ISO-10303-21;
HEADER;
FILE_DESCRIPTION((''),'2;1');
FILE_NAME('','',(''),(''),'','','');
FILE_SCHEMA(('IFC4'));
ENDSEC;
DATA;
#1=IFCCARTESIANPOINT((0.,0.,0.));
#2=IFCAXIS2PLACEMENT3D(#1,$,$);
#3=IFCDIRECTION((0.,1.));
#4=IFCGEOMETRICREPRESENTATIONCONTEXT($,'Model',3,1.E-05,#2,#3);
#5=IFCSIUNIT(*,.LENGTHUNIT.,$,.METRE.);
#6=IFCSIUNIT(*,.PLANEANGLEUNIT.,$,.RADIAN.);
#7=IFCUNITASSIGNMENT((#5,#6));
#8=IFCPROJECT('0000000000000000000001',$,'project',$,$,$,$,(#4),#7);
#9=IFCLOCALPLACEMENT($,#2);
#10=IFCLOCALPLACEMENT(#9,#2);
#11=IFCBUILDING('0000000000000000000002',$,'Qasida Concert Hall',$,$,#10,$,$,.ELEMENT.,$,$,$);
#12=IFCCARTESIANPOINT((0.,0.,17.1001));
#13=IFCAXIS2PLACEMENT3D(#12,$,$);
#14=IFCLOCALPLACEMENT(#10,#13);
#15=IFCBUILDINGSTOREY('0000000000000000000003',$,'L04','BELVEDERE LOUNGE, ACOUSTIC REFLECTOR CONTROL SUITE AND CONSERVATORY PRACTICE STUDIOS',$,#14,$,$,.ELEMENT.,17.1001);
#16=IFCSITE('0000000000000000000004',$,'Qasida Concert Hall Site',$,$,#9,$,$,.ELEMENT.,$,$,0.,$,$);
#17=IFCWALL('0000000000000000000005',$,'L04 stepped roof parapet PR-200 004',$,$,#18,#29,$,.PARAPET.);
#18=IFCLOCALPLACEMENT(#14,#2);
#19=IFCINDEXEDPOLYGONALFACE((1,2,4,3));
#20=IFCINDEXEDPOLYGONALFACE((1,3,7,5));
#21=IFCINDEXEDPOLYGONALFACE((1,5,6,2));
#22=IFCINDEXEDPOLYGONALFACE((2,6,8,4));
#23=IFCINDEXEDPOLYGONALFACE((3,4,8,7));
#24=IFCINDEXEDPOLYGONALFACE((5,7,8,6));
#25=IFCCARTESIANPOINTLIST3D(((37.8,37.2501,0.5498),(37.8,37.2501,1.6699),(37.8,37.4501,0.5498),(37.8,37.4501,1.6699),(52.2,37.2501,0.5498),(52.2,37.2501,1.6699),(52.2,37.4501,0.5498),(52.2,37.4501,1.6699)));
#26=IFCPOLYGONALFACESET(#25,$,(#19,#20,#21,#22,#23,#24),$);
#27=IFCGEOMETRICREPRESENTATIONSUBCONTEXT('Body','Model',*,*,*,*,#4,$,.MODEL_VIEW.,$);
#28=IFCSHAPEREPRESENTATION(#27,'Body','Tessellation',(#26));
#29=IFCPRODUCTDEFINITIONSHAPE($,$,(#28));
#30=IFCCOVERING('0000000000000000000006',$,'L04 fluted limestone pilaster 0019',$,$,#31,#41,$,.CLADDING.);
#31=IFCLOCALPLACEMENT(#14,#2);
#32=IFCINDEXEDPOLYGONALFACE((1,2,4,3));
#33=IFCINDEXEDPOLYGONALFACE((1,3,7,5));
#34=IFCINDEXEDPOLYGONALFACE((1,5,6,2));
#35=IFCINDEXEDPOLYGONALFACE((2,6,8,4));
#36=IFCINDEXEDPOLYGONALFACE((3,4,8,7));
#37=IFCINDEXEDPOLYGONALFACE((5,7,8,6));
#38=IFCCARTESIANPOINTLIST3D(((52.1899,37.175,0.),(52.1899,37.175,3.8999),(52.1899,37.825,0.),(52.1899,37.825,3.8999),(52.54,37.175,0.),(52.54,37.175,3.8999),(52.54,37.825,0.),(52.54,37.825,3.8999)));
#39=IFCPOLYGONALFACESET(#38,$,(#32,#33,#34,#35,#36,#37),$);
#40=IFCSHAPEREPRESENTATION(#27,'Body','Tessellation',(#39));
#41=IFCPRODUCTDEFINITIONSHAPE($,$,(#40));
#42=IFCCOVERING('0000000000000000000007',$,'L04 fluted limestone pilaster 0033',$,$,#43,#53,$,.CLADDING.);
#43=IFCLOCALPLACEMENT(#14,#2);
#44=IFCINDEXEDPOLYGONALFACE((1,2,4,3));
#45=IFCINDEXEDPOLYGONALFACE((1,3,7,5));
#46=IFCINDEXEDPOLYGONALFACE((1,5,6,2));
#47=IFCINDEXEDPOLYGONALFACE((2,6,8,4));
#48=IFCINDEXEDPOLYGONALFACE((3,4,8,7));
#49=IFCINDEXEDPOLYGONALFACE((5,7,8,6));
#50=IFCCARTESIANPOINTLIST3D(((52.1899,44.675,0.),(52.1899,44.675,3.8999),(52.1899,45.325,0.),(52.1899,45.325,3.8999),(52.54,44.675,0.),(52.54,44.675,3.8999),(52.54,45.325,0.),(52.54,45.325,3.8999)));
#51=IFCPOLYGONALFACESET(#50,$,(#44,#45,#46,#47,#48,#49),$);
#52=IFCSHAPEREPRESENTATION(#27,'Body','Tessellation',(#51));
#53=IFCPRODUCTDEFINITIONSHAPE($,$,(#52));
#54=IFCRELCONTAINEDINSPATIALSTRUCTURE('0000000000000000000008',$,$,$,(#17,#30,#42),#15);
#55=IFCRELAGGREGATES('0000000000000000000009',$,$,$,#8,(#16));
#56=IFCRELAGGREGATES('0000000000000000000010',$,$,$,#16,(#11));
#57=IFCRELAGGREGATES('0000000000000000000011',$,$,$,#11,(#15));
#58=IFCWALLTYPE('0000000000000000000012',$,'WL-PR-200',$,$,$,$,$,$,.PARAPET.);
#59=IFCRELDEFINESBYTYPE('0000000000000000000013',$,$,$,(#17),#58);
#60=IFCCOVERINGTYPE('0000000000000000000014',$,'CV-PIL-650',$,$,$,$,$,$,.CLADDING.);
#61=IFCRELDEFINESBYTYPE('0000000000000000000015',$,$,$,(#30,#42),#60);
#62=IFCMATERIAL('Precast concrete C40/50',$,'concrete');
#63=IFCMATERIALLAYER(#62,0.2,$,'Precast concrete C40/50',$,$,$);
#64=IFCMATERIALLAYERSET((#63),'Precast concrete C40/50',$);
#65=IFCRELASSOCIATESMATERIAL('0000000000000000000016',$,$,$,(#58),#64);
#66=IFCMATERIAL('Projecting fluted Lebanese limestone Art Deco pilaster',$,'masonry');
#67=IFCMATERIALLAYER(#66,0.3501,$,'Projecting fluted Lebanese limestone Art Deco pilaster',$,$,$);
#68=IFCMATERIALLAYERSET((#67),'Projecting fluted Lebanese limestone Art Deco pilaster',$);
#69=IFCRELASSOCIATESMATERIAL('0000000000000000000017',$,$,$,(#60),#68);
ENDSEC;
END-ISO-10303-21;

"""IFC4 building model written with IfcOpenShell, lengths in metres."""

from ifc_helpers import new_model, si_unit, direction, frame, frame_2d, origin, origin_2d, place, context, subcontext, project, spatial, rectangle, extrude, material, layer, layer_set, type_object, element, save


model = new_model("IFC4")

# Units and contexts
model_context = context("Model", 3, precision=1e-05, world=origin(), true_north=direction((0.0, 1.0)))
body_context = subcontext(model_context, "Body", "Model", "MODEL_VIEW")
ifc_project = project(units=[si_unit("LENGTHUNIT", "METRE"), si_unit("PLANEANGLEUNIT", "RADIAN")], contexts=[model_context])

# Site, building, storey
site_placement = place(None, origin())
site = spatial("IfcSite", under=ifc_project, at=site_placement, Name="Qasida Concert Hall Site", CompositionType="ELEMENT", RefElevation=0.0)
building_placement = place(site_placement, origin())
building = spatial("IfcBuilding", under=site, at=building_placement, Name="Qasida Concert Hall", CompositionType="ELEMENT")
storey_placement = place(building_placement, frame((0.0, 0.0, 17.1001)))
storey = spatial("IfcBuildingStorey", under=building, at=storey_placement, Name="L04", Description="BELVEDERE LOUNGE, ACOUSTIC REFLECTOR CONTROL SUITE AND CONSERVATORY PRACTICE STUDIOS", CompositionType="ELEMENT", Elevation=17.1001)

# Wall
ifc_material_1 = material(Name="Precast concrete C40/50", Category="concrete")
ifc_layer_1 = layer(ifc_material_1, 0.2, Name="Precast concrete C40/50")
ifc_layer_set_1 = layer_set([ifc_layer_1], Name="Precast concrete C40/50")
wall_type_1 = type_object("IfcWallType", Name="WL-PR-200", PredefinedType="PARAPET", material=ifc_layer_set_1)
wall_1_placement = place(storey_placement, frame((37.8, 37.3501, 0.5498), z_axis=(0.0, 0.0, 1.0), x_axis=(1.0, 0.0, 0.0)))
element("IfcWall", 1, at=wall_1_placement, inside=storey, type_object=wall_type_1, Name="L04 stepped roof parapet PR-200 004", PredefinedType="PARAPET", context=body_context, shape_type="SweptSolid", body=[
    extrude(rectangle(XDim=14.3999, YDim=0.2, at=frame_2d((7.2, 0.0))), origin(), (0.0, 0.0, 1.0), 1.1201),
])

# Coverings
ifc_material_2 = material(Name="Projecting fluted Lebanese limestone Art Deco pilaster", Category="masonry")
ifc_layer_2 = layer(ifc_material_2, 0.3501, Name="Projecting fluted Lebanese limestone Art Deco pilaster")
ifc_layer_set_2 = layer_set([ifc_layer_2], Name="Projecting fluted Lebanese limestone Art Deco pilaster")
covering_type = type_object("IfcCoveringType", Name="CV-PIL-650", PredefinedType="CLADDING", material=ifc_layer_set_2)
for number, where, z_axis, x_axis, name in (
    (2, (52.365, 37.5, 0.0), (0.0, 0.0, 1.0), (1.0, 0.0, 0.0), "L04 fluted limestone pilaster 0019"),
    (3, (52.365, 45.0, 0.0), (0.0, 0.0, 1.0), (1.0, 0.0, 0.0), "L04 fluted limestone pilaster 0033"),
):
    element("IfcCovering", number, at=place(storey_placement, frame(where, z_axis=z_axis, x_axis=x_axis)), inside=storey, type_object=covering_type, Name=name, PredefinedType="CLADDING", context=body_context, shape_type="SweptSolid", body=[
        extrude(rectangle(XDim=0.3501, YDim=0.6499, at=origin_2d()), origin(), (0.0, 0.0, 1.0), 3.8999),
    ])

save(model, "model.ifc")
